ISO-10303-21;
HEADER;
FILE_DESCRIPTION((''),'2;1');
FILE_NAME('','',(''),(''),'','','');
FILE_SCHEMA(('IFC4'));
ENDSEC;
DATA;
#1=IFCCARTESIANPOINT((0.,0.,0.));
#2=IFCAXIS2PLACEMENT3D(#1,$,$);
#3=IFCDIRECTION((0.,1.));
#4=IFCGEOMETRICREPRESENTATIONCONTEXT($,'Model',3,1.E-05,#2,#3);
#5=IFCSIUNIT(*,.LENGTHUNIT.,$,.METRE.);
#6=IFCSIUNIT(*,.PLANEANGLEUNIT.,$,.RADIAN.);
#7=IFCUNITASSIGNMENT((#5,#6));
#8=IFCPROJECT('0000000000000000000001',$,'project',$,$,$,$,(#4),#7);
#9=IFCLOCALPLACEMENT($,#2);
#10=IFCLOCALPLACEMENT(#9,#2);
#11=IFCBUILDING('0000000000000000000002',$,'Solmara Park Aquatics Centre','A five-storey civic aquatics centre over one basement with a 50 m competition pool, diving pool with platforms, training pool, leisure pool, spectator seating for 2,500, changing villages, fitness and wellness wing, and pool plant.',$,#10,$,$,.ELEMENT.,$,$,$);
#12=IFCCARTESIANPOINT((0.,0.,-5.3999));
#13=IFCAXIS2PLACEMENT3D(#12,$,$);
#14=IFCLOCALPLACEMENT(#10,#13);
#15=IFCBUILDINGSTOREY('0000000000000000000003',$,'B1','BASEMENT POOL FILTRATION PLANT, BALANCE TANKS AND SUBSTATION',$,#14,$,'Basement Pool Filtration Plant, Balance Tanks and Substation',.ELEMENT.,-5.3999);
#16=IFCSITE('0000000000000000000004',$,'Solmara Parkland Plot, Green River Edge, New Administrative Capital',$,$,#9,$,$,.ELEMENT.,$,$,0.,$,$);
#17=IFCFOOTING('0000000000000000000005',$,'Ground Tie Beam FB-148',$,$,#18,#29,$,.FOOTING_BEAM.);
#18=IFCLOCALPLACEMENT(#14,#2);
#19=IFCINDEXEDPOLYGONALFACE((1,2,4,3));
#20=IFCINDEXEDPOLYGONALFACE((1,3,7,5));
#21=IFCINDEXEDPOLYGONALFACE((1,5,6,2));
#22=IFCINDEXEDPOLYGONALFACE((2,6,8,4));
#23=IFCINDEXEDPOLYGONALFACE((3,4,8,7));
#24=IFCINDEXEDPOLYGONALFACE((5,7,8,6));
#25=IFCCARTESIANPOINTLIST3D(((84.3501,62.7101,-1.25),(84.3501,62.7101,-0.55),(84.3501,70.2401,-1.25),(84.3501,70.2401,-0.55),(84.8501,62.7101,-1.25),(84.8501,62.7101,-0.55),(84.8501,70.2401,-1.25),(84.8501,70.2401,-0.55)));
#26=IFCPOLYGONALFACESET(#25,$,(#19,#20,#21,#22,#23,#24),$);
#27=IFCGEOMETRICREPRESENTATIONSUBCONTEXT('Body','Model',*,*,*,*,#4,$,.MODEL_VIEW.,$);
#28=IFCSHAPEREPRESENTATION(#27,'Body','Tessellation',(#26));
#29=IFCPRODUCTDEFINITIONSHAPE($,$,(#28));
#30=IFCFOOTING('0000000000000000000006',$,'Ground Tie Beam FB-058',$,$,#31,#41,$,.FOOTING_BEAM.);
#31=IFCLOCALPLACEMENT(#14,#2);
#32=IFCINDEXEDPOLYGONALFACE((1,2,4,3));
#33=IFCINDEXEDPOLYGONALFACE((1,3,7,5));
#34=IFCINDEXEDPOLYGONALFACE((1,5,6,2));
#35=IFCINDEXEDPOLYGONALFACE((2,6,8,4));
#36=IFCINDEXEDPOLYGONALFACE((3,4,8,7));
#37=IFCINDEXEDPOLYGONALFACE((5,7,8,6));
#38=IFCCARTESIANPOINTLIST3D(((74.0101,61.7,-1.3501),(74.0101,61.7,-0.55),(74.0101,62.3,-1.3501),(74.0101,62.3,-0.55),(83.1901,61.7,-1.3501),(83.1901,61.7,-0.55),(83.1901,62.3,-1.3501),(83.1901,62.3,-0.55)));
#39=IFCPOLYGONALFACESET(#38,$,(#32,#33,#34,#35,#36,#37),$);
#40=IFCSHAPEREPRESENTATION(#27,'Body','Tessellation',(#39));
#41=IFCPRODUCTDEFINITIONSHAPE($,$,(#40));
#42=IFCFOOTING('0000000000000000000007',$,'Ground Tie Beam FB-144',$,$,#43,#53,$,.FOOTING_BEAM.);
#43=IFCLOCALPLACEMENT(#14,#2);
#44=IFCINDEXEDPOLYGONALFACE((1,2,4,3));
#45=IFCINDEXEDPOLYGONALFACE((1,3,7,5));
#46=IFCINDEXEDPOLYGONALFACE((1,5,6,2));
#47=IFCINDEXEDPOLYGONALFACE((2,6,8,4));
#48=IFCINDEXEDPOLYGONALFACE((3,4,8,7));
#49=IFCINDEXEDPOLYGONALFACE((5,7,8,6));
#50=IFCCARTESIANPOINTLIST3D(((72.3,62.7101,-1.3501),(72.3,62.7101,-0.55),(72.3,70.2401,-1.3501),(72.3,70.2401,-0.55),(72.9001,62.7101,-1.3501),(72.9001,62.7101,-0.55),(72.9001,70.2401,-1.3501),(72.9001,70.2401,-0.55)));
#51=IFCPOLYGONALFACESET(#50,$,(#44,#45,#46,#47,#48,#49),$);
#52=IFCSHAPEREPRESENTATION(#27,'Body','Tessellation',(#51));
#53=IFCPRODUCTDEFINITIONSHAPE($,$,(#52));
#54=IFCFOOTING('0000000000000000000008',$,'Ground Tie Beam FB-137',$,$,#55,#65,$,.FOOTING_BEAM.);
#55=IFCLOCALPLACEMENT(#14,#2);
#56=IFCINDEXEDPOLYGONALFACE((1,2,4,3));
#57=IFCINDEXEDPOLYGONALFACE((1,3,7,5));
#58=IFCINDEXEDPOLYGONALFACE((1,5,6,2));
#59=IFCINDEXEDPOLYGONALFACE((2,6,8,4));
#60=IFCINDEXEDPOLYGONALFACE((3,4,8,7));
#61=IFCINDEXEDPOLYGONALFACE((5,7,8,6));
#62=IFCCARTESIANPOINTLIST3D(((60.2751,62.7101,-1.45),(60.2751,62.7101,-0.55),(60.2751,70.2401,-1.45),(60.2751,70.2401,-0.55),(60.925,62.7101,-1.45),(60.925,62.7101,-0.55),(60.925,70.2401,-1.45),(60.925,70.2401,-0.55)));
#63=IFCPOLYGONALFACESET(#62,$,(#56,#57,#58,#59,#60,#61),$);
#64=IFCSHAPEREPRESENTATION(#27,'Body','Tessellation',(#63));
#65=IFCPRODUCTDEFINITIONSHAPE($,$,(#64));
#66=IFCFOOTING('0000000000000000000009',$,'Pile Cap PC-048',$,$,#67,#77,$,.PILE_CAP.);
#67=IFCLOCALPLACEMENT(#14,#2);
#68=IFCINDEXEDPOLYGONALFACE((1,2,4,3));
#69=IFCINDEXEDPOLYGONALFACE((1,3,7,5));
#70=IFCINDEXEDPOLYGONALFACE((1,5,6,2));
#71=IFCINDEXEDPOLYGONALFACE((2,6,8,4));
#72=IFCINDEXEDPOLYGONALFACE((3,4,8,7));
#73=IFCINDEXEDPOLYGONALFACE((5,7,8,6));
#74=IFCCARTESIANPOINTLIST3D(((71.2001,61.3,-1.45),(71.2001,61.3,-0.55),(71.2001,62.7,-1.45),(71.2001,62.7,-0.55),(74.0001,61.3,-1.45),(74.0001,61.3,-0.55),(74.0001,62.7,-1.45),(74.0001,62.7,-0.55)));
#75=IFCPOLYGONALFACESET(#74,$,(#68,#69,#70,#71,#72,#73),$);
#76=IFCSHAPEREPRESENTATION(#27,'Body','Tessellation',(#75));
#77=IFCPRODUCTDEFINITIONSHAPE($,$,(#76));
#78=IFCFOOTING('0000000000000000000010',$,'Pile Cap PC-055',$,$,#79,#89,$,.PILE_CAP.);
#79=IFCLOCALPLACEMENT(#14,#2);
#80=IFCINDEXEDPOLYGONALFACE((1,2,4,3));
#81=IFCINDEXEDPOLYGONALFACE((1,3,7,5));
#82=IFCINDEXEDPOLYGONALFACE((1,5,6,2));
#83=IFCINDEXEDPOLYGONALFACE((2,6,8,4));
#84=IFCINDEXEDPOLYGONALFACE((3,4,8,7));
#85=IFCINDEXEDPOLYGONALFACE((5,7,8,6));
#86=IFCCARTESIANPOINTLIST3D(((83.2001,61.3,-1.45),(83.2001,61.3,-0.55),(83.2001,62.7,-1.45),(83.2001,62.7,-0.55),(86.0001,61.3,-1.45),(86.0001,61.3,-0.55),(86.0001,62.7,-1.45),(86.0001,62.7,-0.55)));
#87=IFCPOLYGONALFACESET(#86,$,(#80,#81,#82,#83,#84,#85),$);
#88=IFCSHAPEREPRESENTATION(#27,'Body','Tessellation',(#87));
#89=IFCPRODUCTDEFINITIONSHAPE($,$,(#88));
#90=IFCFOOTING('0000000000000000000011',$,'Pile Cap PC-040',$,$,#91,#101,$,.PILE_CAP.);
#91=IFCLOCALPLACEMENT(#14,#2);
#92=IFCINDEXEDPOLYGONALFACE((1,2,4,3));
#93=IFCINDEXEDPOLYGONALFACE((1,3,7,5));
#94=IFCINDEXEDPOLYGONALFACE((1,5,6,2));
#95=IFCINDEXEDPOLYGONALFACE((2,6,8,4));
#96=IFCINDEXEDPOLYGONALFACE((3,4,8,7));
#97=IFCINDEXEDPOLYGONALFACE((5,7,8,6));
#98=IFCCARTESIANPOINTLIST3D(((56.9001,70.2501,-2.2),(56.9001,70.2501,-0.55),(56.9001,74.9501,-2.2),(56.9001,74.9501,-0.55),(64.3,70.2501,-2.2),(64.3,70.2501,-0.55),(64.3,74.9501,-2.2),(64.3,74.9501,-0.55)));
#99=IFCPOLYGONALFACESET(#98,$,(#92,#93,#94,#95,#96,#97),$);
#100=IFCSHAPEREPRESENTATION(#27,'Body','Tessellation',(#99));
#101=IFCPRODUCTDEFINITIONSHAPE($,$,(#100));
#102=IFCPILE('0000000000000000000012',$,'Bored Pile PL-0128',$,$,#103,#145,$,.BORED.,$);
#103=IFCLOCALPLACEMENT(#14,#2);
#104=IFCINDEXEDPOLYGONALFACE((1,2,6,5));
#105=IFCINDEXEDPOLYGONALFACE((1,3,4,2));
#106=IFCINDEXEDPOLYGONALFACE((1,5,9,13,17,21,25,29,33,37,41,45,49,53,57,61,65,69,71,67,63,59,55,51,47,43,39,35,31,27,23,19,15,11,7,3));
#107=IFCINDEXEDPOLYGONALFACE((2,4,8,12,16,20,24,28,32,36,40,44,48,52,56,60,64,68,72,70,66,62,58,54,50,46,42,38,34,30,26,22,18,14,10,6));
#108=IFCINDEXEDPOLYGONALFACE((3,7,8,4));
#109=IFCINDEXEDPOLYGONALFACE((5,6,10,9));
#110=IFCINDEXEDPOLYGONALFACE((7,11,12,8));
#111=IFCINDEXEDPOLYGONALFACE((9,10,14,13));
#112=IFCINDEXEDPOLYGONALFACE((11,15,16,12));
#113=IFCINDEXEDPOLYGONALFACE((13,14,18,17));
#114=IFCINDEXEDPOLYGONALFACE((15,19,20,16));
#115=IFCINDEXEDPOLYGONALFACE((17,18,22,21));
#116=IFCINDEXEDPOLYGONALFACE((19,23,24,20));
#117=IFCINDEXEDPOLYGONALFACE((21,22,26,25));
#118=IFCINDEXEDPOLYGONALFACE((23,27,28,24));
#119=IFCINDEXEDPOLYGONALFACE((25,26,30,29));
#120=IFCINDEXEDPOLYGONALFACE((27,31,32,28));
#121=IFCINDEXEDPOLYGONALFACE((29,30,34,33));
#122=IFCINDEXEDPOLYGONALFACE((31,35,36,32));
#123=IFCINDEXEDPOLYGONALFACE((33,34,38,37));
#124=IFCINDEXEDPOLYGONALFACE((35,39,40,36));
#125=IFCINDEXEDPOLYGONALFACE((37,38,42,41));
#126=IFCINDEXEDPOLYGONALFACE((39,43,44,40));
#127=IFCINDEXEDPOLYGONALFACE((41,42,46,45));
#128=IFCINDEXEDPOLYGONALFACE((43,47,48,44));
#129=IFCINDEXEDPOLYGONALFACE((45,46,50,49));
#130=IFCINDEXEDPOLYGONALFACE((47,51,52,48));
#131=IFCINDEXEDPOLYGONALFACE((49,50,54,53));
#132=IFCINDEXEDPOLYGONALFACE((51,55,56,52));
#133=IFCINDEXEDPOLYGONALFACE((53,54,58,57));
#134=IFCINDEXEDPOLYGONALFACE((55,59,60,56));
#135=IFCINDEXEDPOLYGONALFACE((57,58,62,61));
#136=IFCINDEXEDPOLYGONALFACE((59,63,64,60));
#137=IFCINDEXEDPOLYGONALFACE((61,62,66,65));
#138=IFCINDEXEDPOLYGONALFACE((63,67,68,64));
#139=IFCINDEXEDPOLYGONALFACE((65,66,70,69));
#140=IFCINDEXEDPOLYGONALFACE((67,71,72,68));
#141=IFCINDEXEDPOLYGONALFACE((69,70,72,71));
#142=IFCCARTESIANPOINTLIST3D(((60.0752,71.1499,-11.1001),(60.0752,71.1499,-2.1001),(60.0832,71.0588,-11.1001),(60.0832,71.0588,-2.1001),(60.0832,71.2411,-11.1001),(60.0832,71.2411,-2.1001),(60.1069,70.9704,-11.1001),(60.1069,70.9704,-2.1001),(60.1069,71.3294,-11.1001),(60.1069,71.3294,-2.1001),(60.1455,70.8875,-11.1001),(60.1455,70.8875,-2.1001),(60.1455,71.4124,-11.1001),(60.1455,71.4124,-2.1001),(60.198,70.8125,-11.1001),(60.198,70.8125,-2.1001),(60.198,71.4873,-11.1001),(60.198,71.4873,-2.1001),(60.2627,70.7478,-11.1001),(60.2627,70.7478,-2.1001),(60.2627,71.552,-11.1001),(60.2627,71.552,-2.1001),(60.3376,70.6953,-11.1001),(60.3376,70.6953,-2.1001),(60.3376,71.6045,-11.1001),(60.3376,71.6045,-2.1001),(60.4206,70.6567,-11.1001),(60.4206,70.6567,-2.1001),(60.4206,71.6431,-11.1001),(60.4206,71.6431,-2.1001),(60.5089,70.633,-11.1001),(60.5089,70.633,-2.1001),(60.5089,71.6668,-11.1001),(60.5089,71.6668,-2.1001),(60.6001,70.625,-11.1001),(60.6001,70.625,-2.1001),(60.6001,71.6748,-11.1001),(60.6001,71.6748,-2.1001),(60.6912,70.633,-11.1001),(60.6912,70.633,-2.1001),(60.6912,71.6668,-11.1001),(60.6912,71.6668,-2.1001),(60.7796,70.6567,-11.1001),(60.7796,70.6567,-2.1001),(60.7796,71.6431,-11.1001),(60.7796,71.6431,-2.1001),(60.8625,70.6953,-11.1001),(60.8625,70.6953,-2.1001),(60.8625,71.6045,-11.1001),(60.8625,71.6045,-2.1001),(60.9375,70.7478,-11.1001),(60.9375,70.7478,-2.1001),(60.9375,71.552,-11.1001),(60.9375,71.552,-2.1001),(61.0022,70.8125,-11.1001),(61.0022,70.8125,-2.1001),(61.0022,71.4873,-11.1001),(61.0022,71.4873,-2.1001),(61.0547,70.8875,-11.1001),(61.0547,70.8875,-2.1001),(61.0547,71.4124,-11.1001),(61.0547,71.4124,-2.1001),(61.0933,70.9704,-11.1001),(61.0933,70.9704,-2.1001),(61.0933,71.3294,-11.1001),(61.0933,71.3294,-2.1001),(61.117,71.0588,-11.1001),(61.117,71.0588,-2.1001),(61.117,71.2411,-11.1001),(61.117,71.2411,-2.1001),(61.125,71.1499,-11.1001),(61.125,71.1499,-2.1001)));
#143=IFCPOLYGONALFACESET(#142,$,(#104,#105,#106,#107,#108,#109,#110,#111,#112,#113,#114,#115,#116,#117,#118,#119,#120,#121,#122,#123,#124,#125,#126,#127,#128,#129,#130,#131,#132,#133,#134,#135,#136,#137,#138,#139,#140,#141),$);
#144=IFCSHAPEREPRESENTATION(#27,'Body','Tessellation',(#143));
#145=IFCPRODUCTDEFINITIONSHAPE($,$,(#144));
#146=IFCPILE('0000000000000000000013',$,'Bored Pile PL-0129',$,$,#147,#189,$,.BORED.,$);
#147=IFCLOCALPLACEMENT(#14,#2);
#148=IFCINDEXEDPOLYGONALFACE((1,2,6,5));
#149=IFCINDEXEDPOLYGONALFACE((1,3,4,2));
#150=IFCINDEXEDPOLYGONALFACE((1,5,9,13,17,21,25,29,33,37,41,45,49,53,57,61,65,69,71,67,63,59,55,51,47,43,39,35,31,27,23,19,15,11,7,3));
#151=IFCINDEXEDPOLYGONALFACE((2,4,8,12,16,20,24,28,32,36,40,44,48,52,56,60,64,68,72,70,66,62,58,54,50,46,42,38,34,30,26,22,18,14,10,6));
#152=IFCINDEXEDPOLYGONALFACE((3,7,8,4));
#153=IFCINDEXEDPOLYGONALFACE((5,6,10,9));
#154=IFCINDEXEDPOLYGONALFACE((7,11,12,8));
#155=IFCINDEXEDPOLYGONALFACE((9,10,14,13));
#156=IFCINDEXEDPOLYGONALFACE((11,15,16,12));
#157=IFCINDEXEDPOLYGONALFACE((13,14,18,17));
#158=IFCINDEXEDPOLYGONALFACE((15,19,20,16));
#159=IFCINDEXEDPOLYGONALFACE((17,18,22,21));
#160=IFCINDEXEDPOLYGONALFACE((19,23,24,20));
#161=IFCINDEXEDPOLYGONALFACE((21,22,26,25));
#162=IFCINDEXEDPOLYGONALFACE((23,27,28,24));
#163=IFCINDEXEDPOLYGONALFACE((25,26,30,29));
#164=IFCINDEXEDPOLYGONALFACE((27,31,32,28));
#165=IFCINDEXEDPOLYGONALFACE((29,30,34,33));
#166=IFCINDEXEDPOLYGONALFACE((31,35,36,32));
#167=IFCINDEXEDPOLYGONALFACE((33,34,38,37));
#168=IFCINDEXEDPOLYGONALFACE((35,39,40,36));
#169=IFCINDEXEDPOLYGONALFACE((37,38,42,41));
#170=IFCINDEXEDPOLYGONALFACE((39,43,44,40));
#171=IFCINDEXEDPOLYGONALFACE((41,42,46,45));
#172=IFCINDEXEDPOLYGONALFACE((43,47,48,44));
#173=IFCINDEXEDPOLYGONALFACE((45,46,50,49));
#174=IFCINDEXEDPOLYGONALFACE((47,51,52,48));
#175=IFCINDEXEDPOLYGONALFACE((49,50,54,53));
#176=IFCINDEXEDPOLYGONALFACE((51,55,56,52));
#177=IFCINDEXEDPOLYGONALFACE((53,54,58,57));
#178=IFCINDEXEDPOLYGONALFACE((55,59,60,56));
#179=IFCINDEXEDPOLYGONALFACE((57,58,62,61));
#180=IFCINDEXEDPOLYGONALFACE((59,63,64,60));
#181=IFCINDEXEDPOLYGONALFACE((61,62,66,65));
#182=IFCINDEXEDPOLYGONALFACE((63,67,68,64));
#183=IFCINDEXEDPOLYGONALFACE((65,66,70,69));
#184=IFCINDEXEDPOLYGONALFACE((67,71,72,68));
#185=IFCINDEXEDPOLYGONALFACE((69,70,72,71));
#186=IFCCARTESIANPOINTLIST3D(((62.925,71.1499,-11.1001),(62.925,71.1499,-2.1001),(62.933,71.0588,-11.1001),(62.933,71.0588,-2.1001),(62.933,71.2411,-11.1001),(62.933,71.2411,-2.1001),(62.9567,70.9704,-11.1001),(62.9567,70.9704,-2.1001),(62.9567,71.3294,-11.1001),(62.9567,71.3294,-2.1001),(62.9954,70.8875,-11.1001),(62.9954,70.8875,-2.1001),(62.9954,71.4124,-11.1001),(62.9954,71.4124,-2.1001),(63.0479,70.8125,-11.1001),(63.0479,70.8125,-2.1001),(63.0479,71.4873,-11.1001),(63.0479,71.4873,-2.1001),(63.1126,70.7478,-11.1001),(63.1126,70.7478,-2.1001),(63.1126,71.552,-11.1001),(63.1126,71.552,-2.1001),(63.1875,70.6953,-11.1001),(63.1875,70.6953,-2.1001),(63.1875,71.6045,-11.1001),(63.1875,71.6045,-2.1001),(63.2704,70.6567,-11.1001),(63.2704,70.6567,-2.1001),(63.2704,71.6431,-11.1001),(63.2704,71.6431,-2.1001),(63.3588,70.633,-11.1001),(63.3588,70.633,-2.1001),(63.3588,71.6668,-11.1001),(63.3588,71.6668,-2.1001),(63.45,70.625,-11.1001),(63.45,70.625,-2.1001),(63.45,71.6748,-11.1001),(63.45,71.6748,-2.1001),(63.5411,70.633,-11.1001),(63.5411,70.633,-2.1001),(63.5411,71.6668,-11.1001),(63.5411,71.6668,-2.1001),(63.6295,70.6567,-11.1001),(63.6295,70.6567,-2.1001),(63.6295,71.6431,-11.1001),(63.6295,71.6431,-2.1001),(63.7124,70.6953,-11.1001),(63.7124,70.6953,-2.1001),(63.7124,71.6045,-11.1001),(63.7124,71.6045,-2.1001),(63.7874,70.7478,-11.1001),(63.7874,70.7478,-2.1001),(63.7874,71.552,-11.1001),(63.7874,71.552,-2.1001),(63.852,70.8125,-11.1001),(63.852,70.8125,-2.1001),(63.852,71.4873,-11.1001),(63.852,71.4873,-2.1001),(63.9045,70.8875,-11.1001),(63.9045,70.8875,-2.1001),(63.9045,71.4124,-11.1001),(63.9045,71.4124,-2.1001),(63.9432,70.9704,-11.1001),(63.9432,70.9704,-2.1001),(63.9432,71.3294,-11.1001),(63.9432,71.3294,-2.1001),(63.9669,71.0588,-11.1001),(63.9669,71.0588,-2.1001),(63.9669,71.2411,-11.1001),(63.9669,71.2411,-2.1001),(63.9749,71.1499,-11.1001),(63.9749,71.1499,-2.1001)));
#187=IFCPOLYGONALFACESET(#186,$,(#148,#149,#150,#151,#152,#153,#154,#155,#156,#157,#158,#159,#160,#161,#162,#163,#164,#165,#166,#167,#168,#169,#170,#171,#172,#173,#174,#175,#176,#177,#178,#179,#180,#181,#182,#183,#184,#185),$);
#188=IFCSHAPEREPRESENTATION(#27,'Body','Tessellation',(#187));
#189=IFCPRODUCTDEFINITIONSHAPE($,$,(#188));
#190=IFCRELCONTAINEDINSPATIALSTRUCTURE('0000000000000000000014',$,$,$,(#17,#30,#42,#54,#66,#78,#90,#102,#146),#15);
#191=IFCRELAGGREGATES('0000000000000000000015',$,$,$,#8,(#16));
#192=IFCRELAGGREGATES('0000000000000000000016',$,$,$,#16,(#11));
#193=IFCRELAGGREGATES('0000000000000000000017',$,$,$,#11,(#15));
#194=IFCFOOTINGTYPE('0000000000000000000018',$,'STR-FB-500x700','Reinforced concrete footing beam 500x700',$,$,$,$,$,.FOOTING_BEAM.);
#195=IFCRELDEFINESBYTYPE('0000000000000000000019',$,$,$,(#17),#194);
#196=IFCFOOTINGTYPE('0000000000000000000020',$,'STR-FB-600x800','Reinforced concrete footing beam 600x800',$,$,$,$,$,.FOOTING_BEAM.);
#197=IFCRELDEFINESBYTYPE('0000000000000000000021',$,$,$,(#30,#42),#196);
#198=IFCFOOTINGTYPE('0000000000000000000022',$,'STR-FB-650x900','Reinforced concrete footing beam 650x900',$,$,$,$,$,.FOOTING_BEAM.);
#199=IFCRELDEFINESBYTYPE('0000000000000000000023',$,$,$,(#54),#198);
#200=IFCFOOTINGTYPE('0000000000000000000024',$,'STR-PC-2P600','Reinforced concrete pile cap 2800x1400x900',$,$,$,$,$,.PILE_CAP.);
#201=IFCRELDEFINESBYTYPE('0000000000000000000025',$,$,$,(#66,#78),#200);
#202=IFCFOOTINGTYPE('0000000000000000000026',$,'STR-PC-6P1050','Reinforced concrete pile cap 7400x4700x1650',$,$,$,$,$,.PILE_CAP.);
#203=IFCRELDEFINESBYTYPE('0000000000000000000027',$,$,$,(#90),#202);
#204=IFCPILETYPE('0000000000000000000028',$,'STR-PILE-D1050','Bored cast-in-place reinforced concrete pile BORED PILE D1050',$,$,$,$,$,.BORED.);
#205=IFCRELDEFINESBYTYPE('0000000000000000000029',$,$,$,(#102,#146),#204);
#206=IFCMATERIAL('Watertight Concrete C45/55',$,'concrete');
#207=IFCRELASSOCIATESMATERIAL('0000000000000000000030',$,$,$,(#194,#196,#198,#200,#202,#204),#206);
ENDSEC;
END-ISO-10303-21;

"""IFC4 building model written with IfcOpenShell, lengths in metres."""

from ifc_helpers import new_model, si_unit, direction, frame, origin, origin_2d, place, context, subcontext, project, spatial, rectangle, circle, extrude, material, material_profile, profile_set, type_object, element, save


model = new_model("IFC4")

# Units and contexts
model_context = context("Model", 3, precision=1e-05, world=origin(), true_north=direction((0.0, 1.0)))
body_context = subcontext(model_context, "Body", "Model", "MODEL_VIEW")
ifc_project = project(units=[si_unit("LENGTHUNIT", "METRE"), si_unit("PLANEANGLEUNIT", "RADIAN")], contexts=[model_context])

# Site, building, storey
site_placement = place(None, origin())
site = spatial("IfcSite", under=ifc_project, at=site_placement, Name="Solmara Parkland Plot, Green River Edge, New Administrative Capital", CompositionType="ELEMENT", RefElevation=0.0)
building_placement = place(site_placement, origin())
building = spatial("IfcBuilding", under=site, at=building_placement, Name="Solmara Park Aquatics Centre", Description="A five-storey civic aquatics centre over one basement with a 50 m competition pool, diving pool with platforms, training pool, leisure pool, spectator seating for 2,500, changing villages, fitness and wellness wing, and pool plant.", CompositionType="ELEMENT")
storey_placement = place(building_placement, frame((0.0, 0.0, -5.3999)))
storey = spatial("IfcBuildingStorey", under=building, at=storey_placement, Name="B1", Description="BASEMENT POOL FILTRATION PLANT, BALANCE TANKS AND SUBSTATION", LongName="Basement Pool Filtration Plant, Balance Tanks and Substation", CompositionType="ELEMENT", Elevation=-5.3999)

# Footings
ifc_material_1 = material(Name="Watertight Concrete C45/55", Category="concrete")
footing_type_1 = type_object("IfcFootingType", Name="STR-FB-500x700", Description="Reinforced concrete footing beam 500x700", PredefinedType="FOOTING_BEAM", material=ifc_material_1)
footing_1_placement = place(storey_placement, frame((84.6001, 66.4751, -1.25), z_axis=(0.0, 0.0, 1.0), x_axis=(1.0, 0.0, 0.0)))
element("IfcFooting", 1, at=footing_1_placement, inside=storey, type_object=footing_type_1, Name="Ground Tie Beam FB-148", PredefinedType="FOOTING_BEAM", context=body_context, shape_type="SweptSolid", body=[
    extrude(rectangle(XDim=0.5, YDim=7.53, at=origin_2d()), origin(), (0.0, 0.0, 1.0), 0.7),
])
footing_type_2 = type_object("IfcFootingType", Name="STR-FB-600x800", Description="Reinforced concrete footing beam 600x800", PredefinedType="FOOTING_BEAM", material=ifc_material_1)
footing_2_placement = place(storey_placement, frame((78.6001, 62.0, -1.3501), z_axis=(0.0, 0.0, 1.0), x_axis=(1.0, 0.0, 0.0)))
element("IfcFooting", 2, at=footing_2_placement, inside=storey, type_object=footing_type_2, Name="Ground Tie Beam FB-058", PredefinedType="FOOTING_BEAM", context=body_context, shape_type="SweptSolid", body=[
    extrude(rectangle(XDim=9.1799, YDim=0.6001, at=origin_2d()), origin(), (0.0, 0.0, 1.0), 0.8),
])
footing_3_placement = place(storey_placement, frame((72.6001, 66.4751, -1.3501), z_axis=(0.0, 0.0, 1.0), x_axis=(1.0, 0.0, 0.0)))
element("IfcFooting", 3, at=footing_3_placement, inside=storey, type_object=footing_type_2, Name="Ground Tie Beam FB-144", PredefinedType="FOOTING_BEAM", context=body_context, shape_type="SweptSolid", body=[
    extrude(rectangle(XDim=0.6001, YDim=7.53, at=origin_2d()), origin(), (0.0, 0.0, 1.0), 0.8),
])
footing_type_3 = type_object("IfcFootingType", Name="STR-FB-650x900", Description="Reinforced concrete footing beam 650x900", PredefinedType="FOOTING_BEAM", material=ifc_material_1)
footing_4_placement = place(storey_placement, frame((60.6001, 66.4751, -1.45), z_axis=(0.0, 0.0, 1.0), x_axis=(1.0, 0.0, 0.0)))
element("IfcFooting", 4, at=footing_4_placement, inside=storey, type_object=footing_type_3, Name="Ground Tie Beam FB-137", PredefinedType="FOOTING_BEAM", context=body_context, shape_type="SweptSolid", body=[
    extrude(rectangle(XDim=0.6499, YDim=7.53, at=origin_2d()), origin(), (0.0, 0.0, 1.0), 0.8999),
])
footing_type_4 = type_object("IfcFootingType", Name="STR-PC-2P600", Description="Reinforced concrete pile cap 2800x1400x900", PredefinedType="PILE_CAP", material=ifc_material_1)
for number, where, z_axis, x_axis, name in (
    (5, (72.6001, 62.0, -1.45), (0.0, 0.0, 1.0), (1.0, 0.0, 0.0), "Pile Cap PC-048"),
    (6, (84.6001, 62.0, -1.45), (0.0, 0.0, 1.0), (1.0, 0.0, 0.0), "Pile Cap PC-055"),
):
    element("IfcFooting", number, at=place(storey_placement, frame(where, z_axis=z_axis, x_axis=x_axis)), inside=storey, type_object=footing_type_4, Name=name, PredefinedType="PILE_CAP", context=body_context, shape_type="SweptSolid", body=[
        extrude(rectangle(XDim=2.8, YDim=1.3999, at=origin_2d()), origin(), (0.0, 0.0, 1.0), 0.8999),
    ])
footing_type_5 = type_object("IfcFootingType", Name="STR-PC-6P1050", Description="Reinforced concrete pile cap 7400x4700x1650", PredefinedType="PILE_CAP", material=ifc_material_1)
footing_5_placement = place(storey_placement, frame((60.6001, 72.6001, -2.2), z_axis=(0.0, 0.0, 1.0), x_axis=(1.0, 0.0, 0.0)))
element("IfcFooting", 7, at=footing_5_placement, inside=storey, type_object=footing_type_5, Name="Pile Cap PC-040", PredefinedType="PILE_CAP", context=body_context, shape_type="SweptSolid", body=[
    extrude(rectangle(XDim=7.3999, YDim=4.7, at=origin_2d()), origin(), (0.0, 0.0, 1.0), 1.6499),
])

# Piles
ifc_material_profile_1 = material_profile(ifc_material_1, circle(Radius=0.5249, at=origin_2d()), Name="BORED PILE D1050")
ifc_profile_set_1 = profile_set([ifc_material_profile_1], Name="Watertight Concrete C45/55")
pile_type_1 = type_object("IfcPileType", Name="STR-PILE-D1050", Description="Bored cast-in-place reinforced concrete pile BORED PILE D1050", PredefinedType="BORED", material=ifc_profile_set_1)
for number, where, z_axis, x_axis, name in (
    (8, (60.6001, 71.1499, -2.1001), (0.0, 0.0, -1.0), (1.0, 0.0, 0.0), "Bored Pile PL-0128"),
    (9, (63.45, 71.1499, -2.1001), (0.0, 0.0, -1.0), (1.0, 0.0, 0.0), "Bored Pile PL-0129"),
):
    element("IfcPile", number, at=place(storey_placement, frame(where, z_axis=z_axis, x_axis=x_axis)), inside=storey, type_object=pile_type_1, Name=name, PredefinedType="BORED", context=body_context, shape_type="SweptSolid", body=[
        extrude(circle(Radius=0.5249, at=origin_2d()), origin(), (0.0, 0.0, 1.0), 9.0),
    ])

save(model, "model.ifc")
